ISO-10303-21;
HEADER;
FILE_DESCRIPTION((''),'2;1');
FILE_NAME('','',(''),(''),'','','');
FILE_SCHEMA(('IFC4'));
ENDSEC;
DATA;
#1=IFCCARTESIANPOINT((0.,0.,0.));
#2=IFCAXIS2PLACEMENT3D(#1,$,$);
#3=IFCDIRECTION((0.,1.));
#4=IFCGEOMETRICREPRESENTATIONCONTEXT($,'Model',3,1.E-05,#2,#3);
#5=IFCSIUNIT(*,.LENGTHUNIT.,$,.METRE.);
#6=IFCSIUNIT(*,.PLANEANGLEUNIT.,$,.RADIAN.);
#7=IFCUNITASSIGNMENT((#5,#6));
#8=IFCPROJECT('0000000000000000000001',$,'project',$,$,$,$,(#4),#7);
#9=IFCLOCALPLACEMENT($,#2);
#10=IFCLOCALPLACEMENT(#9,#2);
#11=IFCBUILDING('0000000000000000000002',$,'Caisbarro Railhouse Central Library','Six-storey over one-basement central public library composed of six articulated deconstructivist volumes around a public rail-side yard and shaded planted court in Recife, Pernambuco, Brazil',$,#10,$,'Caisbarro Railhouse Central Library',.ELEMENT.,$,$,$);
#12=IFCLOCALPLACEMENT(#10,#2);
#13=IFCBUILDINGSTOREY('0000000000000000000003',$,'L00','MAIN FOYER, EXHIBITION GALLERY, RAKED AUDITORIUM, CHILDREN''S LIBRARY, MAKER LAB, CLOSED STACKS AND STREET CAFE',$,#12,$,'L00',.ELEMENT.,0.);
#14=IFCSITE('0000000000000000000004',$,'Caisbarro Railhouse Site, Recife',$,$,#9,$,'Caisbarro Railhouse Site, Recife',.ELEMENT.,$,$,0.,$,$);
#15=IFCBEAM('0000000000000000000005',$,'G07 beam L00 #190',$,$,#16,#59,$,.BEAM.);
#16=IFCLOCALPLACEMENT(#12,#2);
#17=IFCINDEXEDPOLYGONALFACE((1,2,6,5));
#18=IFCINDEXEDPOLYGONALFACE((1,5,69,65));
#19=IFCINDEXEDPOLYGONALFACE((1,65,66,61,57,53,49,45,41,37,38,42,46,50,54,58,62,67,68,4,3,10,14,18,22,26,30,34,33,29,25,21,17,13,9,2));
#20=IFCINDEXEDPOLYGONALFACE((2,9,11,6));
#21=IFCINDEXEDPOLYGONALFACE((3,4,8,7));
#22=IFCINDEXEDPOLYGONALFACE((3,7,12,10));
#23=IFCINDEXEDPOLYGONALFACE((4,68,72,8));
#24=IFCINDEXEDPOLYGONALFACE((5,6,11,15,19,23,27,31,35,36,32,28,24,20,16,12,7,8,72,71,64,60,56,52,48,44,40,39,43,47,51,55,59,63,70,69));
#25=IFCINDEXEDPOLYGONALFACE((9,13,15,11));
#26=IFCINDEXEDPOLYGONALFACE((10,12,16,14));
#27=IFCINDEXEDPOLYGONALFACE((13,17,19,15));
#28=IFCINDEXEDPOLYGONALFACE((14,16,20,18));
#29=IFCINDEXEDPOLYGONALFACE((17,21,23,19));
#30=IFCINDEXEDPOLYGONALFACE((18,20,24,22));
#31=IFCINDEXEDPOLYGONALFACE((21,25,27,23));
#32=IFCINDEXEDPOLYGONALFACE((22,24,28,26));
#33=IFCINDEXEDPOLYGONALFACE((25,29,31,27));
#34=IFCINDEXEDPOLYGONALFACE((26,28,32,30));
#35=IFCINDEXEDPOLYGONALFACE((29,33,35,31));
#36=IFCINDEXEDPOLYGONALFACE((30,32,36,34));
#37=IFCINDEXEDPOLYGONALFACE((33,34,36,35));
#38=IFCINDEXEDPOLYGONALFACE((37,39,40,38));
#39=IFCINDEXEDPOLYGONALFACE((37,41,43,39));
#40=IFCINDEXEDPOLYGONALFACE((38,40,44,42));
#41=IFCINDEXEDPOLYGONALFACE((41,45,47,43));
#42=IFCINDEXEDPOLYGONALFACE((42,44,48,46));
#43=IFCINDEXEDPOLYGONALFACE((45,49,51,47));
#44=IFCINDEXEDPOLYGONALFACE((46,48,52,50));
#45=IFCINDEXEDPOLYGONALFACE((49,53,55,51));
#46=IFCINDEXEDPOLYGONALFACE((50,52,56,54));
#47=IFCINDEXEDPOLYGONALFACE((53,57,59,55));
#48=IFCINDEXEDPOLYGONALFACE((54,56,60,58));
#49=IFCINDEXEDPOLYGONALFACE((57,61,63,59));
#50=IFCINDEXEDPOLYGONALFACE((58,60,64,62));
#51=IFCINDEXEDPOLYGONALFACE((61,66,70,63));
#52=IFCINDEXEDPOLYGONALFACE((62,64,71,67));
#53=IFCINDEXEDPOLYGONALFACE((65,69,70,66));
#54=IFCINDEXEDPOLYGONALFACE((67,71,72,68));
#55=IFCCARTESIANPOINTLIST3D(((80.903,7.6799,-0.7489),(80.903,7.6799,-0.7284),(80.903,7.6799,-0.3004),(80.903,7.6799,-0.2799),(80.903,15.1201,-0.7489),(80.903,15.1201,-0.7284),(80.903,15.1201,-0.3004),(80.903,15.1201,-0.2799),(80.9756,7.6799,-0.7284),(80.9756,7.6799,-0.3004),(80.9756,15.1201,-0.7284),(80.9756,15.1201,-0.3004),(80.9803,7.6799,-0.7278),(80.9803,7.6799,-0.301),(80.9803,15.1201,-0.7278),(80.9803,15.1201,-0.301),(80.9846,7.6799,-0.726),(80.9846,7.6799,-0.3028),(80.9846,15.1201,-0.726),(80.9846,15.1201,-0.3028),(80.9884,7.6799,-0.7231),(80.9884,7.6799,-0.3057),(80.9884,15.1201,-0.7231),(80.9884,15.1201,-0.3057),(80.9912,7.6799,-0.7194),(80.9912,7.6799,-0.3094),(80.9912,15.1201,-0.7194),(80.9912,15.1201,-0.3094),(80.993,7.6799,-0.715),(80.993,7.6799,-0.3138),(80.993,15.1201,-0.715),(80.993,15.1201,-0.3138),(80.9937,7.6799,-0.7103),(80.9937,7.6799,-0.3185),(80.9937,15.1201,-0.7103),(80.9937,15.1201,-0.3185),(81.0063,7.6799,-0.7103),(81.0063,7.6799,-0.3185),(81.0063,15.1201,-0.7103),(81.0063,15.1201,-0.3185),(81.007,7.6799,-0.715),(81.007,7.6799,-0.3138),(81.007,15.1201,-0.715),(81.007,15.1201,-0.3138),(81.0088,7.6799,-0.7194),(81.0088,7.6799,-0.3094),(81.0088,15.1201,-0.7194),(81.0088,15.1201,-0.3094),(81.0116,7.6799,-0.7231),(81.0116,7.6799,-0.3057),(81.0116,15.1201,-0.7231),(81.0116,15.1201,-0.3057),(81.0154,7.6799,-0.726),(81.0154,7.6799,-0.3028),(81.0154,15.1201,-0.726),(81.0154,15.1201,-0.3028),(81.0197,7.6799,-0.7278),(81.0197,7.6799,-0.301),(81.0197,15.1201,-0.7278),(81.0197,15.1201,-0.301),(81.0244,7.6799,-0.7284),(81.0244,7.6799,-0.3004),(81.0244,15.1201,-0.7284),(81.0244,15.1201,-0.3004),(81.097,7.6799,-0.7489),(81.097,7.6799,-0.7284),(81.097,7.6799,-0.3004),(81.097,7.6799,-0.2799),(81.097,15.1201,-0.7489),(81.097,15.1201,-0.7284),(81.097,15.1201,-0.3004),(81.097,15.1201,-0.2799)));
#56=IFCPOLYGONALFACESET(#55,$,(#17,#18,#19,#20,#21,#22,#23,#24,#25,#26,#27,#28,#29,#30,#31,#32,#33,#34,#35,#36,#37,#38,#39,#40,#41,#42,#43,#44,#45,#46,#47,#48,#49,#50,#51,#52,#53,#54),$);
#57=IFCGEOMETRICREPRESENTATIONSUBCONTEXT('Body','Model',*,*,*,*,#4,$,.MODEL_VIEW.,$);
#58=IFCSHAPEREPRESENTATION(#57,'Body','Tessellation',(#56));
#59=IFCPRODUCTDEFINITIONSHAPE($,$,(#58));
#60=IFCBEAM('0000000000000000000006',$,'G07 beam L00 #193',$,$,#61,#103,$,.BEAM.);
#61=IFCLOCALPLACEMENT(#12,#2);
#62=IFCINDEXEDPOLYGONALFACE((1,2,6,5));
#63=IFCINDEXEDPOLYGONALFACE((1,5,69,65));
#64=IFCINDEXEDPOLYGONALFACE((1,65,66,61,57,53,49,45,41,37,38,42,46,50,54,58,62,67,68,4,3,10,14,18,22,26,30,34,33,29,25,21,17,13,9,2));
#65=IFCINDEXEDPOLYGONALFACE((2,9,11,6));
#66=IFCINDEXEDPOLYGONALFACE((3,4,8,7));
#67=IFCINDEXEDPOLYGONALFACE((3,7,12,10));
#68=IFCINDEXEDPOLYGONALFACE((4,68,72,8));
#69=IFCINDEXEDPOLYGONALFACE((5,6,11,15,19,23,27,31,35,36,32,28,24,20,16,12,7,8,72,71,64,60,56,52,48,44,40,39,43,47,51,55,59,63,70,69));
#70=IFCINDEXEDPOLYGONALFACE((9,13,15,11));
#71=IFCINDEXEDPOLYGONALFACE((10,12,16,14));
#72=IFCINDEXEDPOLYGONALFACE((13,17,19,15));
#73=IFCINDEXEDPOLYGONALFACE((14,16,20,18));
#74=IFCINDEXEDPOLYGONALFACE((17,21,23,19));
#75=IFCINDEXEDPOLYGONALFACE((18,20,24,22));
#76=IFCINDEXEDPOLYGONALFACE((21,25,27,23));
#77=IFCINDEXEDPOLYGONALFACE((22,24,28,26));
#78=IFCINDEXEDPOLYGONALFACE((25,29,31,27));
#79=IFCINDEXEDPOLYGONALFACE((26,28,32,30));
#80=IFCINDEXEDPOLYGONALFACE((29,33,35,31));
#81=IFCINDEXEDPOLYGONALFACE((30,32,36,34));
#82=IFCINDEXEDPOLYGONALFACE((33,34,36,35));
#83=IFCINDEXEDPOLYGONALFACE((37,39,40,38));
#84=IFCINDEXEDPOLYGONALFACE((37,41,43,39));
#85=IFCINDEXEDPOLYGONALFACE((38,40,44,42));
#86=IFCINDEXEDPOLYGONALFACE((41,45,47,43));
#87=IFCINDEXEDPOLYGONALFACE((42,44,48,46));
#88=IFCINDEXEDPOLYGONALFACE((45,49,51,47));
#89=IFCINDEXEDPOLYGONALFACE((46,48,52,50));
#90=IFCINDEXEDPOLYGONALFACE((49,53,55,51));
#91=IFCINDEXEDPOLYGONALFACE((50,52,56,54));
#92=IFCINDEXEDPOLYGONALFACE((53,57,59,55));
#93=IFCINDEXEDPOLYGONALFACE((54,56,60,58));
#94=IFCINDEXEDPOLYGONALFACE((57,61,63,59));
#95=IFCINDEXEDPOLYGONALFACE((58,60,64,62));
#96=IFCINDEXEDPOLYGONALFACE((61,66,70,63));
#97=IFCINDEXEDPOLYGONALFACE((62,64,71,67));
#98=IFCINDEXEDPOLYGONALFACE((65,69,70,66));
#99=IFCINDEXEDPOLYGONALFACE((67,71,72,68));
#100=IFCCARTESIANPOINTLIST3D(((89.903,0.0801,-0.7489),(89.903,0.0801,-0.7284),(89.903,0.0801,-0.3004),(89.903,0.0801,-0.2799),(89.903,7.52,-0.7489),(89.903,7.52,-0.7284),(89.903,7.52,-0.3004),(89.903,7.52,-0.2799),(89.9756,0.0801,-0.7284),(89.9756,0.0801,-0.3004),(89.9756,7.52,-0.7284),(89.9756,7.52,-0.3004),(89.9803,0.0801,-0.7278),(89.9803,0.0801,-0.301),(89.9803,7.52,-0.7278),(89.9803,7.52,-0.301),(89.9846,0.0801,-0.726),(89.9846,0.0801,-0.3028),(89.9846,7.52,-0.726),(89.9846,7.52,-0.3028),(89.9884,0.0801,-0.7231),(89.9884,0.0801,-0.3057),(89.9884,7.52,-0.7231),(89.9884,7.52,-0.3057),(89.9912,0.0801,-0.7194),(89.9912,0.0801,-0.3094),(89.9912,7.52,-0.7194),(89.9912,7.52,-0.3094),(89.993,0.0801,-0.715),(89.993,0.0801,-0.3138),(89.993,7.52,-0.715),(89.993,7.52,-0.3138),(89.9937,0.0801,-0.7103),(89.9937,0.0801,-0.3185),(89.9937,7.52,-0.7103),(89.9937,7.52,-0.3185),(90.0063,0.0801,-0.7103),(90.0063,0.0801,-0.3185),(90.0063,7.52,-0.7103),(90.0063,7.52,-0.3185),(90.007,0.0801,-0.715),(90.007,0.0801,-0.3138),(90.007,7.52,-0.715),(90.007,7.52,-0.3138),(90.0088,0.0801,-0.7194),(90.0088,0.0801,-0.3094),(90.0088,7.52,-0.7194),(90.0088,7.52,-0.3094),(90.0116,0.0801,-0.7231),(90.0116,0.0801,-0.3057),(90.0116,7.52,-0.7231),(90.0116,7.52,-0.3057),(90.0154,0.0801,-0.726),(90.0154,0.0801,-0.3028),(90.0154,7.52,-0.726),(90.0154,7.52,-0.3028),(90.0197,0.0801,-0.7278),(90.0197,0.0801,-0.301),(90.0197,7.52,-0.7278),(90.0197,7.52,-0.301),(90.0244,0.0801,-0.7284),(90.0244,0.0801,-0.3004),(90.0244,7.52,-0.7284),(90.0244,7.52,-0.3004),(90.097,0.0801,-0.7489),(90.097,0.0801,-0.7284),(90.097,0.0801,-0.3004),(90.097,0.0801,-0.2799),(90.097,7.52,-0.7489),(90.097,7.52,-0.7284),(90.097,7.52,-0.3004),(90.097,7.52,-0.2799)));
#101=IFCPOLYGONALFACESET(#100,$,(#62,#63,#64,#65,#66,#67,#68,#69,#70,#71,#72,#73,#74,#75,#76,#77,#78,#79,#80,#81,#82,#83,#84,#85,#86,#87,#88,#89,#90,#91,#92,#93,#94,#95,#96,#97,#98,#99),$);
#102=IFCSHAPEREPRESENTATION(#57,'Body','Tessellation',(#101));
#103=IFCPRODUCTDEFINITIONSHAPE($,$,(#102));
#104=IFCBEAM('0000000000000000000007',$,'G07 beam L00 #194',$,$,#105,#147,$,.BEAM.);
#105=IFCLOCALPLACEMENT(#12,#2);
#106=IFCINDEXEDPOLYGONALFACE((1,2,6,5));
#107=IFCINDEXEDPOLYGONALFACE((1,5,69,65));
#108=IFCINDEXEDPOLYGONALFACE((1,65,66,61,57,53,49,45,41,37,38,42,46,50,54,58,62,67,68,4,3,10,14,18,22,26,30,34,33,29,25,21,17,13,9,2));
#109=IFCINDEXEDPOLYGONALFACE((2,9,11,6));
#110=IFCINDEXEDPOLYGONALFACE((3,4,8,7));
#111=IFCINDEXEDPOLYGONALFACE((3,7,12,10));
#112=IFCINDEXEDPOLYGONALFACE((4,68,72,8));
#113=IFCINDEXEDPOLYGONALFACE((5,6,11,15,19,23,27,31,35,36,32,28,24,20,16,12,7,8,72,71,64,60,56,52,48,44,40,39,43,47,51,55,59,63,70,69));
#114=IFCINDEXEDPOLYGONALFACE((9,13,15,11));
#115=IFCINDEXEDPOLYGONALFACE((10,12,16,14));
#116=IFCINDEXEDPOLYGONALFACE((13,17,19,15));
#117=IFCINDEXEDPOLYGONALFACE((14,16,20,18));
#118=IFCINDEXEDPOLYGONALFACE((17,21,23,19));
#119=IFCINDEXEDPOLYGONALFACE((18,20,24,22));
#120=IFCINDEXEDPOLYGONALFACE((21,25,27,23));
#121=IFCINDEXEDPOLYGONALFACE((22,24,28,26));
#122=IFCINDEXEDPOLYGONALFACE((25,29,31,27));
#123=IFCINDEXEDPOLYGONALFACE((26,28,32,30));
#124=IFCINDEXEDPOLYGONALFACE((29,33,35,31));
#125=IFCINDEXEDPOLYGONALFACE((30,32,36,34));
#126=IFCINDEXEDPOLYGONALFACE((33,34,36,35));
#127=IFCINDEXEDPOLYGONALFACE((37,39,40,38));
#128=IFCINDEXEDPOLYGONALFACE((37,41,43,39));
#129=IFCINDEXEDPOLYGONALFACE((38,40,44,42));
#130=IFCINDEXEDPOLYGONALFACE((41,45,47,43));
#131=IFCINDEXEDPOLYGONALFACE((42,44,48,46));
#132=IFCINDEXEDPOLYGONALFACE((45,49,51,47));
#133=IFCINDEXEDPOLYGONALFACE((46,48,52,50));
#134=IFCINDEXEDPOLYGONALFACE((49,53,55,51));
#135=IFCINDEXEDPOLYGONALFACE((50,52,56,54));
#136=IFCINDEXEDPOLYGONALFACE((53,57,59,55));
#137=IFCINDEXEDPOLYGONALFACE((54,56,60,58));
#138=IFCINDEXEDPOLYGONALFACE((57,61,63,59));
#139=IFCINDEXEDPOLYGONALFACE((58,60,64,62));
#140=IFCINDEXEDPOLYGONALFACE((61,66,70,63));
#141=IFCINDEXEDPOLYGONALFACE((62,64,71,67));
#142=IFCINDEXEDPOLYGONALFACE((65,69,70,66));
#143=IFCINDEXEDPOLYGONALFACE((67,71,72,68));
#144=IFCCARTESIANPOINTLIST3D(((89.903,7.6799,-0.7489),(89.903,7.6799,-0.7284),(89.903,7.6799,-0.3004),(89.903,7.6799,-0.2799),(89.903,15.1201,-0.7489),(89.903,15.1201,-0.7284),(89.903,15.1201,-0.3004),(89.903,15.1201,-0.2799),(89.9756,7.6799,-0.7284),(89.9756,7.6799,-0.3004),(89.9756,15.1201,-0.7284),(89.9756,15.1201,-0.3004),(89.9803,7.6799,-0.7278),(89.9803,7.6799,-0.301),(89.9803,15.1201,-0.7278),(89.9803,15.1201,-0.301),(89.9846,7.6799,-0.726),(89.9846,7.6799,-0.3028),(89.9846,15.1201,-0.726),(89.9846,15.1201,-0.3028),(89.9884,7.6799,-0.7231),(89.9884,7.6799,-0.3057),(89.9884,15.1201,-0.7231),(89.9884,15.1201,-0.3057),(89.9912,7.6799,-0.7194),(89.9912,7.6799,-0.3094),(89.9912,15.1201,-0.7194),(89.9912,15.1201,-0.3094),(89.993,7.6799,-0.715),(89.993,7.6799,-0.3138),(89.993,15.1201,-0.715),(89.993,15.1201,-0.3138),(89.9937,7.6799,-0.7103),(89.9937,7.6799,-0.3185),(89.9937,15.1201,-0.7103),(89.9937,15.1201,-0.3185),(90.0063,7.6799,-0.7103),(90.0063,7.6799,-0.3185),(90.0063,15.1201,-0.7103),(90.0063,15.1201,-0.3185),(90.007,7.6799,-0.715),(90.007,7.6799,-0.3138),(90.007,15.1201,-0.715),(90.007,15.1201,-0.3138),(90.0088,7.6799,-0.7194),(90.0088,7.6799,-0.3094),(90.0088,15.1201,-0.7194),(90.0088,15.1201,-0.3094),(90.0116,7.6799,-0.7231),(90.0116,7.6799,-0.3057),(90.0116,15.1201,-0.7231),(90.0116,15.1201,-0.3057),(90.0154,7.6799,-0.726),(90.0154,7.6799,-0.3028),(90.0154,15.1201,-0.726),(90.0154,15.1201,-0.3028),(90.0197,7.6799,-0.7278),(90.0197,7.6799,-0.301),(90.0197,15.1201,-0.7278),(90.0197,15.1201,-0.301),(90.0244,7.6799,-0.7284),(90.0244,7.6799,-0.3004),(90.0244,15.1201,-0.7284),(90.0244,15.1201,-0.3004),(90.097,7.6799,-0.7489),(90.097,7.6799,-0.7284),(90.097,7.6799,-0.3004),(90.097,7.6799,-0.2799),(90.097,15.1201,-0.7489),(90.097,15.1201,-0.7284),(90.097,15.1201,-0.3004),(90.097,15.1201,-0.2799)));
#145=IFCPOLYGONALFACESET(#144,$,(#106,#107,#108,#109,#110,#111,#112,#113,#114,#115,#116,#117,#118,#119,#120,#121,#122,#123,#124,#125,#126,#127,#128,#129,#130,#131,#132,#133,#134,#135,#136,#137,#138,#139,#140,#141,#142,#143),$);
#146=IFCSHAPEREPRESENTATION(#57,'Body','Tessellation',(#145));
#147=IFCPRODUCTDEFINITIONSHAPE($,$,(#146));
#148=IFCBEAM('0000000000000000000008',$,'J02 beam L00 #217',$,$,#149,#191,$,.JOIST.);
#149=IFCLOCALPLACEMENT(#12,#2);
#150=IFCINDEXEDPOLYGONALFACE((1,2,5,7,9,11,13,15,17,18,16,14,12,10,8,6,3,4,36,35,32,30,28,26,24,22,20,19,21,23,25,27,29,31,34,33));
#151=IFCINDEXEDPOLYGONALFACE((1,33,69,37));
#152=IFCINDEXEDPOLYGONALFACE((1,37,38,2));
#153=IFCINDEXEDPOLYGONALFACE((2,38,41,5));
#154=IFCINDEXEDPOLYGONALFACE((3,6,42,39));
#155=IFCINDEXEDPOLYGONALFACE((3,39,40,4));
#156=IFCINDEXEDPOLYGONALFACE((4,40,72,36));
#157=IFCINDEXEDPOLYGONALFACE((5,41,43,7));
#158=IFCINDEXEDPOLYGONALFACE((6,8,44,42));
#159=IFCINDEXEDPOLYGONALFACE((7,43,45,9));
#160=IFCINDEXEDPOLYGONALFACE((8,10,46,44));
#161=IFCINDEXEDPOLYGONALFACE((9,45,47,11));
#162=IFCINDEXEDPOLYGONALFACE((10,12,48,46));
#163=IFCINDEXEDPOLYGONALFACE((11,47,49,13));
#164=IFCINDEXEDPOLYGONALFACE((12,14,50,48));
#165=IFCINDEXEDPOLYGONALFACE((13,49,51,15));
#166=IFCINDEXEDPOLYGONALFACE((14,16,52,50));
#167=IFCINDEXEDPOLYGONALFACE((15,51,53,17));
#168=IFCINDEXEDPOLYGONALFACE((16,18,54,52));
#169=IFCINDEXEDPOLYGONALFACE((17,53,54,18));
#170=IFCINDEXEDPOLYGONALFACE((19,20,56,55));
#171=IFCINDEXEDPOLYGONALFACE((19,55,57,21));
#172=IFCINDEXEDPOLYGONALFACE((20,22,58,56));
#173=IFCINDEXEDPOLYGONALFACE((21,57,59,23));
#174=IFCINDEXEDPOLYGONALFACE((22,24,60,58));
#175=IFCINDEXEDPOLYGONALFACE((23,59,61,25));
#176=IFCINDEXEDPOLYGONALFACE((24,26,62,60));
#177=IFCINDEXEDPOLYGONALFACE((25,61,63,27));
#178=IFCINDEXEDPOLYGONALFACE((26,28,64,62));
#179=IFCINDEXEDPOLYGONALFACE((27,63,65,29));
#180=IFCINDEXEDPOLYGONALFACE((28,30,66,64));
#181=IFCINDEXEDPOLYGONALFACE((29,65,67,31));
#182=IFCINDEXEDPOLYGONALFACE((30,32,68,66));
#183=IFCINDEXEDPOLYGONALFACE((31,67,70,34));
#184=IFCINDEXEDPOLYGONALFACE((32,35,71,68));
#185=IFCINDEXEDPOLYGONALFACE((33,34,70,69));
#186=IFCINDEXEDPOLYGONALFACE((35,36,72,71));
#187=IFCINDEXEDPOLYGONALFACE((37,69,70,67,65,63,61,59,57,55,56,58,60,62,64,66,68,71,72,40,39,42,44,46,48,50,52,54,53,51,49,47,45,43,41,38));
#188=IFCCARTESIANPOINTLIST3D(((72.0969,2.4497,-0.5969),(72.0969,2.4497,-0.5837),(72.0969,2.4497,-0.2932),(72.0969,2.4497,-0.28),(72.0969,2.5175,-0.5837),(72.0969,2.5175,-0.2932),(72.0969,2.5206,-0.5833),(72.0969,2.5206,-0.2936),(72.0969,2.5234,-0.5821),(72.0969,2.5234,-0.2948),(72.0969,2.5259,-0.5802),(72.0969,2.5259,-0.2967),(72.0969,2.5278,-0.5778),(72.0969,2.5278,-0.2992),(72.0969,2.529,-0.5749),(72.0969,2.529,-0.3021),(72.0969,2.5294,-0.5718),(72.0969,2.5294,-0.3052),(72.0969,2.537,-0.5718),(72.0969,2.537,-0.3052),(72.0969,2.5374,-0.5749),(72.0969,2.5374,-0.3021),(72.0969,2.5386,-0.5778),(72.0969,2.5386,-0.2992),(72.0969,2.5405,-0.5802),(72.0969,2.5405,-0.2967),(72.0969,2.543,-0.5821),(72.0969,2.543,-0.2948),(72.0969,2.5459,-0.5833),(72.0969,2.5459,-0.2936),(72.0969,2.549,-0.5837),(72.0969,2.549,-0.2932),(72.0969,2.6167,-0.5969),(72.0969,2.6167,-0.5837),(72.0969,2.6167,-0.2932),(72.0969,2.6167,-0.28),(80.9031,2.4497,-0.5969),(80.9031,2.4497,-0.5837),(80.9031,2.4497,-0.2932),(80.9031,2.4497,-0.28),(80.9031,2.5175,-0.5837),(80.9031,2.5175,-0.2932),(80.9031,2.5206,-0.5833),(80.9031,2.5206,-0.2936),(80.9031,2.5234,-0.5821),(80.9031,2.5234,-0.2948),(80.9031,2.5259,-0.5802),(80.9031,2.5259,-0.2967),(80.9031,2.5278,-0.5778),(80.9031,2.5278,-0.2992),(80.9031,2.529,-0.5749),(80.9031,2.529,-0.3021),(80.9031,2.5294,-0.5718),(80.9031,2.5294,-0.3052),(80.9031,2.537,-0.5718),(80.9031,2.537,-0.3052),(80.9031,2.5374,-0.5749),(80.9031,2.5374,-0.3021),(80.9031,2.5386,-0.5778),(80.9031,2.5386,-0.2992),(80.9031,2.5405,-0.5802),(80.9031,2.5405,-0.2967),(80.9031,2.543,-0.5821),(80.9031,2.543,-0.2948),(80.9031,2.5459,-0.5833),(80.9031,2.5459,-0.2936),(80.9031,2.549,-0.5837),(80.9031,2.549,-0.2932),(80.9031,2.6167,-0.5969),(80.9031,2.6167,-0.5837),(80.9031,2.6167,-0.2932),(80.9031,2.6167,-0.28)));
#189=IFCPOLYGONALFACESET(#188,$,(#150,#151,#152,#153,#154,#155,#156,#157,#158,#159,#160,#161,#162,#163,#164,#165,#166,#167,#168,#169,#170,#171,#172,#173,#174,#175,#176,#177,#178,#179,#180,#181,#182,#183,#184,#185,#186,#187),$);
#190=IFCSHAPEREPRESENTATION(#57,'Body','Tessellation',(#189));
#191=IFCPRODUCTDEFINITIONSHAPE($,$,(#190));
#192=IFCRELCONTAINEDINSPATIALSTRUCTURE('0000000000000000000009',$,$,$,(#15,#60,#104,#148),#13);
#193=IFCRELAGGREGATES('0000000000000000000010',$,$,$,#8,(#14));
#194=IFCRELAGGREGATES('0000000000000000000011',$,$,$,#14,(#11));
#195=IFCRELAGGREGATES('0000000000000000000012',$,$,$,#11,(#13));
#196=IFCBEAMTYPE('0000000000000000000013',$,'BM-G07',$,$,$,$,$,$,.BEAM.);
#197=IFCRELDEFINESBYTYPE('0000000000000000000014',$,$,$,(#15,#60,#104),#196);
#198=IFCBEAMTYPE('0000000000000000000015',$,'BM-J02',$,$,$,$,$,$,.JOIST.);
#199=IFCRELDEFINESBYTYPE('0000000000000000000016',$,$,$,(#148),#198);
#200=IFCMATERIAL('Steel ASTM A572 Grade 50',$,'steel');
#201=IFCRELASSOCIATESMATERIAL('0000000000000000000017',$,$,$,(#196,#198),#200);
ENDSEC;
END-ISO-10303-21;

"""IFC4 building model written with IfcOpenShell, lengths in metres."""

from ifc_helpers import new_model, si_unit, direction, frame, origin, origin_2d, place, context, subcontext, project, spatial, i_section, extrude, material, material_profile, profile_set, type_object, element, save


model = new_model("IFC4")

# Units and contexts
model_context = context("Model", 3, precision=1e-05, world=origin(), true_north=direction((0.0, 1.0)))
body_context = subcontext(model_context, "Body", "Model", "MODEL_VIEW")
ifc_project = project(units=[si_unit("LENGTHUNIT", "METRE"), si_unit("PLANEANGLEUNIT", "RADIAN")], contexts=[model_context])

# Site, building, storey
site_placement = place(None, origin())
site = spatial("IfcSite", under=ifc_project, at=site_placement, Name="Caisbarro Railhouse Site, Recife", LongName="Caisbarro Railhouse Site, Recife", CompositionType="ELEMENT", RefElevation=0.0)
building_placement = place(site_placement, origin())
building = spatial("IfcBuilding", under=site, at=building_placement, Name="Caisbarro Railhouse Central Library", Description="Six-storey over one-basement central public library composed of six articulated deconstructivist volumes around a public rail-side yard and shaded planted court in Recife, Pernambuco, Brazil", LongName="Caisbarro Railhouse Central Library", CompositionType="ELEMENT")
storey_placement = place(building_placement, origin())
storey = spatial("IfcBuildingStorey", under=building, at=storey_placement, Name="L00", Description="MAIN FOYER, EXHIBITION GALLERY, RAKED AUDITORIUM, CHILDREN'S LIBRARY, MAKER LAB, CLOSED STACKS AND STREET CAFE", LongName="L00", CompositionType="ELEMENT", Elevation=0.0)

# Shared definitions
ifc_material_1 = material(Name="Steel ASTM A572 Grade 50", Category="steel")

# Beams
ifc_material_profile_1 = material_profile(ifc_material_1, i_section(OverallWidth=0.1941, OverallDepth=0.469, WebThickness=0.0127, FlangeThickness=0.0205, FilletRadius=0.0181, at=origin_2d()), Name="W460X106.0")
ifc_profile_set_1 = profile_set([ifc_material_profile_1], Name="Steel ASTM A572 Grade 50")
beam_type_1 = type_object("IfcBeamType", Name="BM-G07", PredefinedType="BEAM", material=ifc_profile_set_1)
beam_1_placement = place(storey_placement, frame((81.0, 7.6799, -0.5144), z_axis=(0.0, 1.0, 0.0), x_axis=(-1.0, 0.0, 0.0)))
element("IfcBeam", 1, at=beam_1_placement, inside=storey, type_object=beam_type_1, Name="G07 beam L00 #190", PredefinedType="BEAM", context=body_context, shape_type="SweptSolid", body=[
    extrude(i_section(OverallWidth=0.1941, OverallDepth=0.469, WebThickness=0.0127, FlangeThickness=0.0205, FilletRadius=0.0181, at=origin_2d()), origin(), (0.0, 0.0, 1.0), 7.4402),
])
beam_2_placement = place(storey_placement, frame((90.0, 0.0801, -0.5144), z_axis=(0.0, 1.0, 0.0), x_axis=(-1.0, 0.0, 0.0)))
element("IfcBeam", 2, at=beam_2_placement, inside=storey, type_object=beam_type_1, Name="G07 beam L00 #193", PredefinedType="BEAM", context=body_context, shape_type="SweptSolid", body=[
    extrude(i_section(OverallWidth=0.1941, OverallDepth=0.469, WebThickness=0.0127, FlangeThickness=0.0205, FilletRadius=0.0181, at=origin_2d()), origin(), (0.0, 0.0, 1.0), 7.4399),
])
beam_3_placement = place(storey_placement, frame((90.0, 7.6799, -0.5144), z_axis=(0.0, 1.0, 0.0), x_axis=(-1.0, 0.0, 0.0)))
element("IfcBeam", 3, at=beam_3_placement, inside=storey, type_object=beam_type_1, Name="G07 beam L00 #194", PredefinedType="BEAM", context=body_context, shape_type="SweptSolid", body=[
    extrude(i_section(OverallWidth=0.1941, OverallDepth=0.469, WebThickness=0.0127, FlangeThickness=0.0205, FilletRadius=0.0181, at=origin_2d()), origin(), (0.0, 0.0, 1.0), 7.4402),
])
ifc_material_profile_2 = material_profile(ifc_material_1, i_section(OverallWidth=0.167, OverallDepth=0.3169, WebThickness=0.0076, FlangeThickness=0.0132, FilletRadius=0.012, at=origin_2d()), Name="W310X52.0")
ifc_profile_set_2 = profile_set([ifc_material_profile_2], Name="Steel ASTM A572 Grade 50")
beam_type_2 = type_object("IfcBeamType", Name="BM-J02", PredefinedType="JOIST", material=ifc_profile_set_2)
for number, where, z_axis, x_axis, name in (
    (4, (72.0969, 2.5332, -0.4385), (1.0, 0.0, 0.0), (0.0, 1.0, 0.0), "J02 beam L00 #217"),
):
    element("IfcBeam", number, at=place(storey_placement, frame(where, z_axis=z_axis, x_axis=x_axis)), inside=storey, type_object=beam_type_2, Name=name, PredefinedType="JOIST", context=body_context, shape_type="SweptSolid", body=[
        extrude(i_section(OverallWidth=0.167, OverallDepth=0.3169, WebThickness=0.0076, FlangeThickness=0.0132, FilletRadius=0.012, at=origin_2d()), origin(), (0.0, 0.0, 1.0), 8.8062),
    ])

save(model, "model.ifc")
